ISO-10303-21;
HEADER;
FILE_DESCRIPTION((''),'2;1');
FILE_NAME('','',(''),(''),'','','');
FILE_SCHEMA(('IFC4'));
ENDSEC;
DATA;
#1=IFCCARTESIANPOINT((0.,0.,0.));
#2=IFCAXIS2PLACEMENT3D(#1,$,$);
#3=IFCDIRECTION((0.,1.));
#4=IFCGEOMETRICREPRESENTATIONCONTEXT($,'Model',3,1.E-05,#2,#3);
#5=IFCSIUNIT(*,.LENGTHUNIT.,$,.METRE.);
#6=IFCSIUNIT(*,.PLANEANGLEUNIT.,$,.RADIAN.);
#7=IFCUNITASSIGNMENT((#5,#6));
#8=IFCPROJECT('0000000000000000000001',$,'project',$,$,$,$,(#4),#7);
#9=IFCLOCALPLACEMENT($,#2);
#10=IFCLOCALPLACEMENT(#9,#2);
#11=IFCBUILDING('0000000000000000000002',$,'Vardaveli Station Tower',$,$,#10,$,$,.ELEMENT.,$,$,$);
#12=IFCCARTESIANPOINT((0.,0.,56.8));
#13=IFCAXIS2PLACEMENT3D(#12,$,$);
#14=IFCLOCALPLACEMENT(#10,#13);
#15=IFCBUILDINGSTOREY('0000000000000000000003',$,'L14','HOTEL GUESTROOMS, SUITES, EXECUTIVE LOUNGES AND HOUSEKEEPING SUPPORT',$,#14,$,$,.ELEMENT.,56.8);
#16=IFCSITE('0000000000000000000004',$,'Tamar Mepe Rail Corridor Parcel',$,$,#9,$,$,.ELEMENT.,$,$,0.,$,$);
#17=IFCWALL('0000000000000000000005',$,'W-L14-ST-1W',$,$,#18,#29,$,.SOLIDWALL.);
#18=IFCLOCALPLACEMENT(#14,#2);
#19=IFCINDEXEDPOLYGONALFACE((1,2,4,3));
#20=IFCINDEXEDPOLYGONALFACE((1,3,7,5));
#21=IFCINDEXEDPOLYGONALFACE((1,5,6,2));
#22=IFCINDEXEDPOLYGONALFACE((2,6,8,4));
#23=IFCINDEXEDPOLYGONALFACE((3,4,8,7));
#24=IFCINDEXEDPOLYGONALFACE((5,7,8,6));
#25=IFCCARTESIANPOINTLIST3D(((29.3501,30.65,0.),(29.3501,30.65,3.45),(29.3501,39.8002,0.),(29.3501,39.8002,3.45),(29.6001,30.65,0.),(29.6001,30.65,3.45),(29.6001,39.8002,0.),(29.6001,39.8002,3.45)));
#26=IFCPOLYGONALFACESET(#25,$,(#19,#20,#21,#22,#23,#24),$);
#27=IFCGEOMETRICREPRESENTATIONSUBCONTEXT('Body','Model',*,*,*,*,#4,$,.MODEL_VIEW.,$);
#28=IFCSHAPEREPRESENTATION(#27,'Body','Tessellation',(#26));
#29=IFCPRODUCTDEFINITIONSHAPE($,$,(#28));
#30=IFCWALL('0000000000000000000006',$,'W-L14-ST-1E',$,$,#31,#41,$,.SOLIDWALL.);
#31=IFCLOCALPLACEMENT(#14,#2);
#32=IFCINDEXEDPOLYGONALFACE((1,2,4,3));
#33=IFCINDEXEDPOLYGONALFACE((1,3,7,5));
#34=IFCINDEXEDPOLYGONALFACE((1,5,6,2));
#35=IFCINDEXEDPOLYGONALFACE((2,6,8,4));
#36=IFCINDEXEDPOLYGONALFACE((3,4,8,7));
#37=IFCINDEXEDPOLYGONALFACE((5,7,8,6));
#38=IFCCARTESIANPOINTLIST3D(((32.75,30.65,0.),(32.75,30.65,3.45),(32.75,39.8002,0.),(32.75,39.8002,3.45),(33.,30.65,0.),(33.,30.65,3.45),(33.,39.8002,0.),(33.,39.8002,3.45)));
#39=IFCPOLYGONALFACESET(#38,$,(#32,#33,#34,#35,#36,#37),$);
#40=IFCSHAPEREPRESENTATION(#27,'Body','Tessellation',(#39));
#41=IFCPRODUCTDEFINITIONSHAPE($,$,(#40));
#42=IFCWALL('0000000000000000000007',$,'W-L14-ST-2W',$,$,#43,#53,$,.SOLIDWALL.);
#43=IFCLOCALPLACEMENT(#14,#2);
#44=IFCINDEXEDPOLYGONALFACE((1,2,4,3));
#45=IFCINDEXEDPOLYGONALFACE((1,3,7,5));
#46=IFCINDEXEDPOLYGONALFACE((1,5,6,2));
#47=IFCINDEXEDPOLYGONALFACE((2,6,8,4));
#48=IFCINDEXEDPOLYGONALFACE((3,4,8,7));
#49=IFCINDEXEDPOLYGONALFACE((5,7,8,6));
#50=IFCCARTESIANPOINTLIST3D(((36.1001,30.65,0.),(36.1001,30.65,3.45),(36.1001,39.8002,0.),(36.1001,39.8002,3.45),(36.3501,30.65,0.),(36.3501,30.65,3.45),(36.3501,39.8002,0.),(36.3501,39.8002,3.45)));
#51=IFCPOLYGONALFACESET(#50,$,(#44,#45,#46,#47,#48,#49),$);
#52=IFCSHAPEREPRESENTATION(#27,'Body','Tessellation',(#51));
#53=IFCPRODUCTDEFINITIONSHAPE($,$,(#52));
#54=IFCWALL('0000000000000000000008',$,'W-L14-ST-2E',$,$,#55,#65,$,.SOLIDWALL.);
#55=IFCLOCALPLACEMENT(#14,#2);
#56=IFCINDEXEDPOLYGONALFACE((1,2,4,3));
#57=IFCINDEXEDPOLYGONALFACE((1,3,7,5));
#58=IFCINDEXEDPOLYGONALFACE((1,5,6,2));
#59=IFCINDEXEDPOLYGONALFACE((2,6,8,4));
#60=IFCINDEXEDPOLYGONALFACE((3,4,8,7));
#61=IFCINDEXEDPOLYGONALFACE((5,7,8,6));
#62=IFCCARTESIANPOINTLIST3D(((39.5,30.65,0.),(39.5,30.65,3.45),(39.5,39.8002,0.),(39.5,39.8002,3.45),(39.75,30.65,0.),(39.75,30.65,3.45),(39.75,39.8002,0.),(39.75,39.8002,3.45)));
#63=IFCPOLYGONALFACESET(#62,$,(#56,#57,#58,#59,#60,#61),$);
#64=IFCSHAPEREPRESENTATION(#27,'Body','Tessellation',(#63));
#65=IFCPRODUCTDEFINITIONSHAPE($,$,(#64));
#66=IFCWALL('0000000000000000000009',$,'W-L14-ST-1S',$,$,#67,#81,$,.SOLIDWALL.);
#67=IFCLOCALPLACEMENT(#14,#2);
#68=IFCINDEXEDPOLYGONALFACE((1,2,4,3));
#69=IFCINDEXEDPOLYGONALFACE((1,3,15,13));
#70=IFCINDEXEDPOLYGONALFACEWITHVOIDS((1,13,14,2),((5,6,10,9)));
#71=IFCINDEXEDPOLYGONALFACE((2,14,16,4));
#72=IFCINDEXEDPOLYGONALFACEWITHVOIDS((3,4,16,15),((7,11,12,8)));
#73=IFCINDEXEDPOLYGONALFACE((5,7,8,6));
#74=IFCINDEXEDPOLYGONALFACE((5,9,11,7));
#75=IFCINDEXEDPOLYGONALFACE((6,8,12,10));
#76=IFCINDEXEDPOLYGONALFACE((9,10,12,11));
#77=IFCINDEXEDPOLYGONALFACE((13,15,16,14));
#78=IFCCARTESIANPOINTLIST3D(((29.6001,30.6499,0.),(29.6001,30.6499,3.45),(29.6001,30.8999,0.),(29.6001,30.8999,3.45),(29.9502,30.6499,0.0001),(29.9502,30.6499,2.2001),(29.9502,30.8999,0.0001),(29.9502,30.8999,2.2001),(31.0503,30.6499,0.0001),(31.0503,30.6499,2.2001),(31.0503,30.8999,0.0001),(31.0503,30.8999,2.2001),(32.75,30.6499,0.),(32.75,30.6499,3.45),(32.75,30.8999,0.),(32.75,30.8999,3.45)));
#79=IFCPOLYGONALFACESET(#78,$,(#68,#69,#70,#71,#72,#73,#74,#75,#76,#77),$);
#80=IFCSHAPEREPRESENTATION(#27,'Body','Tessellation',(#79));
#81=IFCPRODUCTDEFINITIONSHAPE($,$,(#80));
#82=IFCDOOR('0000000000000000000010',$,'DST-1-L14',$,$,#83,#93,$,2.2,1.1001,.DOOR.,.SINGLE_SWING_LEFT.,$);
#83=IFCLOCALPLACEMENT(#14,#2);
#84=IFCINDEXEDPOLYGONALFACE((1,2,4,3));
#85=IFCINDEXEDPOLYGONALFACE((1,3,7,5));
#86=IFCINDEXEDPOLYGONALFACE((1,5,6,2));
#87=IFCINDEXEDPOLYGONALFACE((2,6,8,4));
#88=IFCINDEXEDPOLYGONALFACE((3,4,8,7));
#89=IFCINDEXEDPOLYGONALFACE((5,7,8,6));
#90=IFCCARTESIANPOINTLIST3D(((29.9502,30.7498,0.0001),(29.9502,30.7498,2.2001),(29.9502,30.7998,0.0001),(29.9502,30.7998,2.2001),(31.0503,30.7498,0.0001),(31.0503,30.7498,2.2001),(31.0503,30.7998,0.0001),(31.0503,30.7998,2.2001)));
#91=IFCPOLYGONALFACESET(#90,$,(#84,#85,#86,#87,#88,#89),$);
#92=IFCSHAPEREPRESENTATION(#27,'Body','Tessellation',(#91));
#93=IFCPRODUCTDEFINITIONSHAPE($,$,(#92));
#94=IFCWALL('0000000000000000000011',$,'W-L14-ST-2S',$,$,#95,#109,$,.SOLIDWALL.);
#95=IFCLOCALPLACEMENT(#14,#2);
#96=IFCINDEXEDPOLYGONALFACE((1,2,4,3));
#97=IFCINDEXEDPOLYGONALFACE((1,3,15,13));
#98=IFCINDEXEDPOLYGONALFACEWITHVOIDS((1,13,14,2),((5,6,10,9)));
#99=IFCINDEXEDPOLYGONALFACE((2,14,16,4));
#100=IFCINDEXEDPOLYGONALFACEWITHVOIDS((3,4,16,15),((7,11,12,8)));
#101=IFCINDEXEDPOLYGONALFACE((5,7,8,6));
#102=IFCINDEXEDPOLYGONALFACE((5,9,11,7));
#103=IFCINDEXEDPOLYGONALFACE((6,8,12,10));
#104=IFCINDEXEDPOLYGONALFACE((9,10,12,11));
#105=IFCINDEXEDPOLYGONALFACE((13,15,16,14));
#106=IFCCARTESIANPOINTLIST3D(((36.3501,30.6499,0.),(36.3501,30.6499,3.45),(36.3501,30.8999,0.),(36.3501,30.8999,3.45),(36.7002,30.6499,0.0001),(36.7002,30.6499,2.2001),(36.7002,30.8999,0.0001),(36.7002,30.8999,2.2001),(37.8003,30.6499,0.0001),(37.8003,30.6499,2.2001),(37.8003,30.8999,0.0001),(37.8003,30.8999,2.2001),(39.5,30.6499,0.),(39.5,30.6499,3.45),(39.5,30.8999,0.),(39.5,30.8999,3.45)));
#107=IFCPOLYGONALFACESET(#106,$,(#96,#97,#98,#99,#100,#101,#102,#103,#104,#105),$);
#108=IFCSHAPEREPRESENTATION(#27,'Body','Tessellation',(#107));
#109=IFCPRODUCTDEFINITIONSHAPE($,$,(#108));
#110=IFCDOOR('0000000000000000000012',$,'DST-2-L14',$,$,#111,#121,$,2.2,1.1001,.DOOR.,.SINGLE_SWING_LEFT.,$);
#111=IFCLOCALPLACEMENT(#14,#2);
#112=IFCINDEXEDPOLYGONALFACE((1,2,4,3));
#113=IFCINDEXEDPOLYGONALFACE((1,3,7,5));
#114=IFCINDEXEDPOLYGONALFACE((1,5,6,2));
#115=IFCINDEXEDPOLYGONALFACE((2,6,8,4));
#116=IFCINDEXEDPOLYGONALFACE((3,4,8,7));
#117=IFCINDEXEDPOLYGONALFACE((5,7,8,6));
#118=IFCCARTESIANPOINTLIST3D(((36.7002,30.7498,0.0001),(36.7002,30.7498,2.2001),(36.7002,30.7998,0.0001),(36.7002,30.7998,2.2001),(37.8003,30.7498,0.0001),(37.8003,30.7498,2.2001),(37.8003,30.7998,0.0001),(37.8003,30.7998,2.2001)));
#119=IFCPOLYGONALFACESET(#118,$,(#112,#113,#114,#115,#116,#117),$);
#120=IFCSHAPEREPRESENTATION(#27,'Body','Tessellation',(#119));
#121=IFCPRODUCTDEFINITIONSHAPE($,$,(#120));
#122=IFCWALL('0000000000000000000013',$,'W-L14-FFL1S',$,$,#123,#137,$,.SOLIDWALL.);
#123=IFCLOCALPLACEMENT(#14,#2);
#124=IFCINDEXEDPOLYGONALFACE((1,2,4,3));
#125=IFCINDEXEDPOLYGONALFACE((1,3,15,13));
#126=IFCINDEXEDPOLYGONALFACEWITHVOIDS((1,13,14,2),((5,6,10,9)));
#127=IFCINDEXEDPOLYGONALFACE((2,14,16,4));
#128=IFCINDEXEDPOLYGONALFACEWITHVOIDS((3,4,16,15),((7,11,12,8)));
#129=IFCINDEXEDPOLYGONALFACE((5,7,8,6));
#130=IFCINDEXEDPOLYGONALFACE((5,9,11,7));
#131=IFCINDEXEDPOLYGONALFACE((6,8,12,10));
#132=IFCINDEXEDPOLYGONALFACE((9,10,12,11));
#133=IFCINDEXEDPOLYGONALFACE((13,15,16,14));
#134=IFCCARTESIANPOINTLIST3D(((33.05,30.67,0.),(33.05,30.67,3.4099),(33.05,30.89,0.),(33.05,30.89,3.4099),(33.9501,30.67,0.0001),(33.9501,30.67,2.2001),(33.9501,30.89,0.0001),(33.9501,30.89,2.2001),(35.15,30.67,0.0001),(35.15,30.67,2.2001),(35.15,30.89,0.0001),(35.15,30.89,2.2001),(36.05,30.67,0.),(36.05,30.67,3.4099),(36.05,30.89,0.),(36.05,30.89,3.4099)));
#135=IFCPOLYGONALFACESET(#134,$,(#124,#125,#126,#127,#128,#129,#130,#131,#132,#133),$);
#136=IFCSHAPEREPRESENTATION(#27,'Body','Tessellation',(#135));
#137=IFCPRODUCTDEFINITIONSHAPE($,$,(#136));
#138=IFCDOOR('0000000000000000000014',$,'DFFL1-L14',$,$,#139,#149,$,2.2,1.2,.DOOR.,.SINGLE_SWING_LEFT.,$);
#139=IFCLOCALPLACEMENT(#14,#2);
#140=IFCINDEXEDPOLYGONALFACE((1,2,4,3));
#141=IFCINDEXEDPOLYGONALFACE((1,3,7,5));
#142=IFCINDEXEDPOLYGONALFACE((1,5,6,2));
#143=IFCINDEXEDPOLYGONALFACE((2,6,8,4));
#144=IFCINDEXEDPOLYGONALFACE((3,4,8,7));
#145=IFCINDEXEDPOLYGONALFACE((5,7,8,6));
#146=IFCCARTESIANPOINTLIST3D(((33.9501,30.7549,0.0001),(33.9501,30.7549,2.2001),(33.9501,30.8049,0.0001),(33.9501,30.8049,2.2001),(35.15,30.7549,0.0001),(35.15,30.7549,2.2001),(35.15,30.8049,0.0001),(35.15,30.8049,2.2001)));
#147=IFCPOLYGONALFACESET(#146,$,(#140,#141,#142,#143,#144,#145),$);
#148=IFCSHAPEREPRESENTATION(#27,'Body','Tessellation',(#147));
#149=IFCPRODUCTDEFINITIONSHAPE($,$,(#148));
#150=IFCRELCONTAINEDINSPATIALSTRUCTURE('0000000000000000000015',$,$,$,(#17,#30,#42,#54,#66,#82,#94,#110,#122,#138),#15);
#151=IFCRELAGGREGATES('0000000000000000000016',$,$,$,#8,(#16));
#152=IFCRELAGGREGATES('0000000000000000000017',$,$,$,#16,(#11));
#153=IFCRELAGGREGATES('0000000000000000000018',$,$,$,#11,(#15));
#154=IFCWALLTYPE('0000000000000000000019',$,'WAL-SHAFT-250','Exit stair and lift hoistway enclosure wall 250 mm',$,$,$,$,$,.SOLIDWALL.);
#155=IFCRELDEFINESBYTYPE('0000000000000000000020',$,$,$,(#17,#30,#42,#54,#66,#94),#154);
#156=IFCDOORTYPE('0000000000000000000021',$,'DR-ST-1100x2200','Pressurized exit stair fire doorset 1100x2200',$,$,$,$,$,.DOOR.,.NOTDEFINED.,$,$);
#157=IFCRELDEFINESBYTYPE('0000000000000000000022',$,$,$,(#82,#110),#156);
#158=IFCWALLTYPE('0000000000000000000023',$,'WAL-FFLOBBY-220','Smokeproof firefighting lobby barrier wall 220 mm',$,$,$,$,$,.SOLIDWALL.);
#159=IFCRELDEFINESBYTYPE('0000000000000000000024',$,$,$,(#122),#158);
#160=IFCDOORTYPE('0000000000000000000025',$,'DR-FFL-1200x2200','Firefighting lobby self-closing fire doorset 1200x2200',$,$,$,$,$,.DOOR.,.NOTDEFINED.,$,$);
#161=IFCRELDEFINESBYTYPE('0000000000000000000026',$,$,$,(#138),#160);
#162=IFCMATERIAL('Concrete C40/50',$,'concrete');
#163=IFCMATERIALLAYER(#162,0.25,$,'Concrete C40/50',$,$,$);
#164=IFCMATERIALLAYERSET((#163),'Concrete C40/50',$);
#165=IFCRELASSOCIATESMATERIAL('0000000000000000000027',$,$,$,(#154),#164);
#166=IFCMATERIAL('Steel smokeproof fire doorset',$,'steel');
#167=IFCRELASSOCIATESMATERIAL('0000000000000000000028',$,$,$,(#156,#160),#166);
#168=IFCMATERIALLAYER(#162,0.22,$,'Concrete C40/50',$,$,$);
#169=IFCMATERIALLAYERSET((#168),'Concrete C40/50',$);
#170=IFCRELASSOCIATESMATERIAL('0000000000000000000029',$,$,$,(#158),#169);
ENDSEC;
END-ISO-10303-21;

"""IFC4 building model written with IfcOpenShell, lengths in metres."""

from ifc_helpers import new_model, si_unit, direction, frame, frame_2d, origin, place, context, subcontext, project, spatial, rectangle, extrude, source, transform, mapped, material, layer, layer_set, type_object, element, fill, save


model = new_model("IFC4")

# Units and contexts
model_context = context("Model", 3, precision=1e-05, world=origin(), true_north=direction((0.0, 1.0)))
body_context = subcontext(model_context, "Body", "Model", "MODEL_VIEW")
ifc_project = project(units=[si_unit("LENGTHUNIT", "METRE"), si_unit("PLANEANGLEUNIT", "RADIAN")], contexts=[model_context])

# Site, building, storey
site_placement = place(None, origin())
site = spatial("IfcSite", under=ifc_project, at=site_placement, Name="Tamar Mepe Rail Corridor Parcel", CompositionType="ELEMENT", RefElevation=0.0)
building_placement = place(site_placement, origin())
building = spatial("IfcBuilding", under=site, at=building_placement, Name="Vardaveli Station Tower", CompositionType="ELEMENT")
storey_placement = place(building_placement, frame((0.0, 0.0, 56.8)))
storey = spatial("IfcBuildingStorey", under=building, at=storey_placement, Name="L14", Description="HOTEL GUESTROOMS, SUITES, EXECUTIVE LOUNGES AND HOUSEKEEPING SUPPORT", CompositionType="ELEMENT", Elevation=56.8)

# Walls
ifc_material_1 = material(Name="Concrete C40/50", Category="concrete")
ifc_layer_1 = layer(ifc_material_1, 0.25, Name="Concrete C40/50")
ifc_layer_set_1 = layer_set([ifc_layer_1], Name="Concrete C40/50")
wall_type_1 = type_object("IfcWallType", Name="WAL-SHAFT-250", Description="Exit stair and lift hoistway enclosure wall 250 mm", PredefinedType="SOLIDWALL", material=ifc_layer_set_1)
shared_shape_1 = source(origin(), body_context, "Body", "SweptSolid", [
    extrude(rectangle(XDim=9.1501, YDim=0.25, at=frame_2d((4.5752, 0.0))), origin(), (0.0, 0.0, 1.0), 3.45),
])
for number, where, z_axis, x_axis, name in (
    (1, (29.4751, 30.6499, 0.0), (0.0, 0.0, 1.0), (0.0, 1.0, 0.0), "W-L14-ST-1W"),
    (2, (32.875, 30.6499, 0.0), (0.0, 0.0, 1.0), (0.0, 1.0, 0.0), "W-L14-ST-1E"),
    (3, (36.2251, 30.6499, 0.0), (0.0, 0.0, 1.0), (0.0, 1.0, 0.0), "W-L14-ST-2W"),
    (4, (39.625, 30.6499, 0.0), (0.0, 0.0, 1.0), (0.0, 1.0, 0.0), "W-L14-ST-2E"),
):
    element("IfcWall", number, at=place(storey_placement, frame(where, z_axis=z_axis, x_axis=x_axis)), inside=storey, type_object=wall_type_1, Name=name, PredefinedType="SOLIDWALL", context=body_context, shape_type="MappedRepresentation", body=[
        mapped(shared_shape_1, transform((0.0, 0.0, 0.0), scale=1.0)),
    ])

# Walls, openings, doors
shared_shape_2 = source(origin(), body_context, "Body", "SweptSolid", [
    extrude(rectangle(XDim=3.1499, YDim=0.25, at=frame_2d((1.575, 0.0))), origin(), (0.0, 0.0, 1.0), 3.45),
])
wall_1_placement = place(storey_placement, frame((29.6001, 30.7749, 0.0), z_axis=(0.0, 0.0, 1.0), x_axis=(1.0, 0.0, 0.0)))
wall_1 = element("IfcWall", 5, at=wall_1_placement, inside=storey, type_object=wall_type_1, Name="W-L14-ST-1S", PredefinedType="SOLIDWALL", context=body_context, shape_type="MappedRepresentation", body=[
    mapped(shared_shape_2, transform((0.0, 0.0, 0.0), scale=1.0)),
])
shared_shape_3 = source(origin(), body_context, "Body", "SweptSolid", [
    extrude(rectangle(XDim=1.1001, YDim=2.2, at=frame_2d((0.55, 1.1001))), frame((0.0, 0.135, 0.0), z_axis=(0.0, -1.0, 0.0), x_axis=(1.0, 0.0, 0.0)), (0.0, 0.0, 1.0), 0.27),
])
opening_1_placement = place(wall_1_placement, frame((0.3501, 0.0, 0.0)))
opening_1 = element("IfcOpeningElement", 6, at=opening_1_placement, cuts=wall_1, PredefinedType="OPENING", context=body_context, shape_type="MappedRepresentation", body=[
    mapped(shared_shape_3, transform((0.0, 0.0, 0.0), scale=1.0)),
])
ifc_material_2 = material(Name="Steel smokeproof fire doorset", Category="steel")
door_type_1 = type_object("IfcDoorType", Name="DR-ST-1100x2200", Description="Pressurized exit stair fire doorset 1100x2200", OperationType="NOTDEFINED", PredefinedType="DOOR", material=ifc_material_2)
shared_shape_4 = source(origin(), body_context, "Body", "SweptSolid", [
    extrude(rectangle(XDim=1.1001, YDim=2.2, at=frame_2d((0.55, 1.1001))), frame((0.0, 0.0249, 0.0), z_axis=(0.0, -1.0, 0.0), x_axis=(1.0, 0.0, 0.0)), (0.0, 0.0, 1.0), 0.05),
])
door_1_placement = place(opening_1_placement, origin())
door_1 = element("IfcDoor", 7, at=door_1_placement, inside=storey, type_object=door_type_1, Name="DST-1-L14", OperationType="SINGLE_SWING_LEFT", OverallHeight=2.2, OverallWidth=1.1001, PredefinedType="DOOR", context=body_context, shape_type="MappedRepresentation", body=[
    mapped(shared_shape_4, transform((0.0, 0.0, 0.0), scale=1.0)),
])
fill(opening_1, door_1)
wall_2_placement = place(storey_placement, frame((36.3501, 30.7749, 0.0), z_axis=(0.0, 0.0, 1.0), x_axis=(1.0, 0.0, 0.0)))
wall_2 = element("IfcWall", 8, at=wall_2_placement, inside=storey, type_object=wall_type_1, Name="W-L14-ST-2S", PredefinedType="SOLIDWALL", context=body_context, shape_type="MappedRepresentation", body=[
    mapped(shared_shape_2, transform((0.0, 0.0, 0.0), scale=1.0)),
])
opening_2_placement = place(wall_2_placement, frame((0.3501, 0.0, 0.0)))
opening_2 = element("IfcOpeningElement", 9, at=opening_2_placement, cuts=wall_2, PredefinedType="OPENING", context=body_context, shape_type="MappedRepresentation", body=[
    mapped(shared_shape_3, transform((0.0, 0.0, 0.0), scale=1.0)),
])
door_2_placement = place(opening_2_placement, origin())
door_2 = element("IfcDoor", 10, at=door_2_placement, inside=storey, type_object=door_type_1, Name="DST-2-L14", OperationType="SINGLE_SWING_LEFT", OverallHeight=2.2, OverallWidth=1.1001, PredefinedType="DOOR", context=body_context, shape_type="MappedRepresentation", body=[
    mapped(shared_shape_4, transform((0.0, 0.0, 0.0), scale=1.0)),
])
fill(opening_2, door_2)
ifc_layer_2 = layer(ifc_material_1, 0.22, Name="Concrete C40/50")
ifc_layer_set_2 = layer_set([ifc_layer_2], Name="Concrete C40/50")
wall_type_2 = type_object("IfcWallType", Name="WAL-FFLOBBY-220", Description="Smokeproof firefighting lobby barrier wall 220 mm", PredefinedType="SOLIDWALL", material=ifc_layer_set_2)
shared_shape_5 = source(origin(), body_context, "Body", "SweptSolid", [
    extrude(rectangle(XDim=3.0, YDim=0.22, at=frame_2d((1.5, 0.0))), origin(), (0.0, 0.0, 1.0), 3.4099),
])
wall_3_placement = place(storey_placement, frame((33.05, 30.78, 0.0), z_axis=(0.0, 0.0, 1.0), x_axis=(1.0, 0.0, 0.0)))
wall_3 = element("IfcWall", 11, at=wall_3_placement, inside=storey, type_object=wall_type_2, Name="W-L14-FFL1S", PredefinedType="SOLIDWALL", context=body_context, shape_type="MappedRepresentation", body=[
    mapped(shared_shape_5, transform((0.0, 0.0, 0.0), scale=1.0)),
])
shared_shape_6 = source(origin(), body_context, "Body", "SweptSolid", [
    extrude(rectangle(XDim=1.2, YDim=2.2, at=frame_2d((0.6001, 1.1001))), frame((0.0, 0.1201, 0.0), z_axis=(0.0, -1.0, 0.0), x_axis=(1.0, 0.0, 0.0)), (0.0, 0.0, 1.0), 0.24),
])
opening_3_placement = place(wall_3_placement, frame((0.8999, 0.0, 0.0)))
opening_3 = element("IfcOpeningElement", 12, at=opening_3_placement, cuts=wall_3, PredefinedType="OPENING", context=body_context, shape_type="MappedRepresentation", body=[
    mapped(shared_shape_6, transform((0.0, 0.0, 0.0), scale=1.0)),
])
door_type_2 = type_object("IfcDoorType", Name="DR-FFL-1200x2200", Description="Firefighting lobby self-closing fire doorset 1200x2200", OperationType="NOTDEFINED", PredefinedType="DOOR", material=ifc_material_2)
shared_shape_7 = source(origin(), body_context, "Body", "SweptSolid", [
    extrude(rectangle(XDim=1.2, YDim=2.2, at=frame_2d((0.6001, 1.1001))), frame((0.0, 0.0249, 0.0), z_axis=(0.0, -1.0, 0.0), x_axis=(1.0, 0.0, 0.0)), (0.0, 0.0, 1.0), 0.05),
])
door_3_placement = place(opening_3_placement, origin())
door_3 = element("IfcDoor", 13, at=door_3_placement, inside=storey, type_object=door_type_2, Name="DFFL1-L14", OperationType="SINGLE_SWING_LEFT", OverallHeight=2.2, OverallWidth=1.2, PredefinedType="DOOR", context=body_context, shape_type="MappedRepresentation", body=[
    mapped(shared_shape_7, transform((0.0, 0.0, 0.0), scale=1.0)),
])
fill(opening_3, door_3)

save(model, "model.ifc")
